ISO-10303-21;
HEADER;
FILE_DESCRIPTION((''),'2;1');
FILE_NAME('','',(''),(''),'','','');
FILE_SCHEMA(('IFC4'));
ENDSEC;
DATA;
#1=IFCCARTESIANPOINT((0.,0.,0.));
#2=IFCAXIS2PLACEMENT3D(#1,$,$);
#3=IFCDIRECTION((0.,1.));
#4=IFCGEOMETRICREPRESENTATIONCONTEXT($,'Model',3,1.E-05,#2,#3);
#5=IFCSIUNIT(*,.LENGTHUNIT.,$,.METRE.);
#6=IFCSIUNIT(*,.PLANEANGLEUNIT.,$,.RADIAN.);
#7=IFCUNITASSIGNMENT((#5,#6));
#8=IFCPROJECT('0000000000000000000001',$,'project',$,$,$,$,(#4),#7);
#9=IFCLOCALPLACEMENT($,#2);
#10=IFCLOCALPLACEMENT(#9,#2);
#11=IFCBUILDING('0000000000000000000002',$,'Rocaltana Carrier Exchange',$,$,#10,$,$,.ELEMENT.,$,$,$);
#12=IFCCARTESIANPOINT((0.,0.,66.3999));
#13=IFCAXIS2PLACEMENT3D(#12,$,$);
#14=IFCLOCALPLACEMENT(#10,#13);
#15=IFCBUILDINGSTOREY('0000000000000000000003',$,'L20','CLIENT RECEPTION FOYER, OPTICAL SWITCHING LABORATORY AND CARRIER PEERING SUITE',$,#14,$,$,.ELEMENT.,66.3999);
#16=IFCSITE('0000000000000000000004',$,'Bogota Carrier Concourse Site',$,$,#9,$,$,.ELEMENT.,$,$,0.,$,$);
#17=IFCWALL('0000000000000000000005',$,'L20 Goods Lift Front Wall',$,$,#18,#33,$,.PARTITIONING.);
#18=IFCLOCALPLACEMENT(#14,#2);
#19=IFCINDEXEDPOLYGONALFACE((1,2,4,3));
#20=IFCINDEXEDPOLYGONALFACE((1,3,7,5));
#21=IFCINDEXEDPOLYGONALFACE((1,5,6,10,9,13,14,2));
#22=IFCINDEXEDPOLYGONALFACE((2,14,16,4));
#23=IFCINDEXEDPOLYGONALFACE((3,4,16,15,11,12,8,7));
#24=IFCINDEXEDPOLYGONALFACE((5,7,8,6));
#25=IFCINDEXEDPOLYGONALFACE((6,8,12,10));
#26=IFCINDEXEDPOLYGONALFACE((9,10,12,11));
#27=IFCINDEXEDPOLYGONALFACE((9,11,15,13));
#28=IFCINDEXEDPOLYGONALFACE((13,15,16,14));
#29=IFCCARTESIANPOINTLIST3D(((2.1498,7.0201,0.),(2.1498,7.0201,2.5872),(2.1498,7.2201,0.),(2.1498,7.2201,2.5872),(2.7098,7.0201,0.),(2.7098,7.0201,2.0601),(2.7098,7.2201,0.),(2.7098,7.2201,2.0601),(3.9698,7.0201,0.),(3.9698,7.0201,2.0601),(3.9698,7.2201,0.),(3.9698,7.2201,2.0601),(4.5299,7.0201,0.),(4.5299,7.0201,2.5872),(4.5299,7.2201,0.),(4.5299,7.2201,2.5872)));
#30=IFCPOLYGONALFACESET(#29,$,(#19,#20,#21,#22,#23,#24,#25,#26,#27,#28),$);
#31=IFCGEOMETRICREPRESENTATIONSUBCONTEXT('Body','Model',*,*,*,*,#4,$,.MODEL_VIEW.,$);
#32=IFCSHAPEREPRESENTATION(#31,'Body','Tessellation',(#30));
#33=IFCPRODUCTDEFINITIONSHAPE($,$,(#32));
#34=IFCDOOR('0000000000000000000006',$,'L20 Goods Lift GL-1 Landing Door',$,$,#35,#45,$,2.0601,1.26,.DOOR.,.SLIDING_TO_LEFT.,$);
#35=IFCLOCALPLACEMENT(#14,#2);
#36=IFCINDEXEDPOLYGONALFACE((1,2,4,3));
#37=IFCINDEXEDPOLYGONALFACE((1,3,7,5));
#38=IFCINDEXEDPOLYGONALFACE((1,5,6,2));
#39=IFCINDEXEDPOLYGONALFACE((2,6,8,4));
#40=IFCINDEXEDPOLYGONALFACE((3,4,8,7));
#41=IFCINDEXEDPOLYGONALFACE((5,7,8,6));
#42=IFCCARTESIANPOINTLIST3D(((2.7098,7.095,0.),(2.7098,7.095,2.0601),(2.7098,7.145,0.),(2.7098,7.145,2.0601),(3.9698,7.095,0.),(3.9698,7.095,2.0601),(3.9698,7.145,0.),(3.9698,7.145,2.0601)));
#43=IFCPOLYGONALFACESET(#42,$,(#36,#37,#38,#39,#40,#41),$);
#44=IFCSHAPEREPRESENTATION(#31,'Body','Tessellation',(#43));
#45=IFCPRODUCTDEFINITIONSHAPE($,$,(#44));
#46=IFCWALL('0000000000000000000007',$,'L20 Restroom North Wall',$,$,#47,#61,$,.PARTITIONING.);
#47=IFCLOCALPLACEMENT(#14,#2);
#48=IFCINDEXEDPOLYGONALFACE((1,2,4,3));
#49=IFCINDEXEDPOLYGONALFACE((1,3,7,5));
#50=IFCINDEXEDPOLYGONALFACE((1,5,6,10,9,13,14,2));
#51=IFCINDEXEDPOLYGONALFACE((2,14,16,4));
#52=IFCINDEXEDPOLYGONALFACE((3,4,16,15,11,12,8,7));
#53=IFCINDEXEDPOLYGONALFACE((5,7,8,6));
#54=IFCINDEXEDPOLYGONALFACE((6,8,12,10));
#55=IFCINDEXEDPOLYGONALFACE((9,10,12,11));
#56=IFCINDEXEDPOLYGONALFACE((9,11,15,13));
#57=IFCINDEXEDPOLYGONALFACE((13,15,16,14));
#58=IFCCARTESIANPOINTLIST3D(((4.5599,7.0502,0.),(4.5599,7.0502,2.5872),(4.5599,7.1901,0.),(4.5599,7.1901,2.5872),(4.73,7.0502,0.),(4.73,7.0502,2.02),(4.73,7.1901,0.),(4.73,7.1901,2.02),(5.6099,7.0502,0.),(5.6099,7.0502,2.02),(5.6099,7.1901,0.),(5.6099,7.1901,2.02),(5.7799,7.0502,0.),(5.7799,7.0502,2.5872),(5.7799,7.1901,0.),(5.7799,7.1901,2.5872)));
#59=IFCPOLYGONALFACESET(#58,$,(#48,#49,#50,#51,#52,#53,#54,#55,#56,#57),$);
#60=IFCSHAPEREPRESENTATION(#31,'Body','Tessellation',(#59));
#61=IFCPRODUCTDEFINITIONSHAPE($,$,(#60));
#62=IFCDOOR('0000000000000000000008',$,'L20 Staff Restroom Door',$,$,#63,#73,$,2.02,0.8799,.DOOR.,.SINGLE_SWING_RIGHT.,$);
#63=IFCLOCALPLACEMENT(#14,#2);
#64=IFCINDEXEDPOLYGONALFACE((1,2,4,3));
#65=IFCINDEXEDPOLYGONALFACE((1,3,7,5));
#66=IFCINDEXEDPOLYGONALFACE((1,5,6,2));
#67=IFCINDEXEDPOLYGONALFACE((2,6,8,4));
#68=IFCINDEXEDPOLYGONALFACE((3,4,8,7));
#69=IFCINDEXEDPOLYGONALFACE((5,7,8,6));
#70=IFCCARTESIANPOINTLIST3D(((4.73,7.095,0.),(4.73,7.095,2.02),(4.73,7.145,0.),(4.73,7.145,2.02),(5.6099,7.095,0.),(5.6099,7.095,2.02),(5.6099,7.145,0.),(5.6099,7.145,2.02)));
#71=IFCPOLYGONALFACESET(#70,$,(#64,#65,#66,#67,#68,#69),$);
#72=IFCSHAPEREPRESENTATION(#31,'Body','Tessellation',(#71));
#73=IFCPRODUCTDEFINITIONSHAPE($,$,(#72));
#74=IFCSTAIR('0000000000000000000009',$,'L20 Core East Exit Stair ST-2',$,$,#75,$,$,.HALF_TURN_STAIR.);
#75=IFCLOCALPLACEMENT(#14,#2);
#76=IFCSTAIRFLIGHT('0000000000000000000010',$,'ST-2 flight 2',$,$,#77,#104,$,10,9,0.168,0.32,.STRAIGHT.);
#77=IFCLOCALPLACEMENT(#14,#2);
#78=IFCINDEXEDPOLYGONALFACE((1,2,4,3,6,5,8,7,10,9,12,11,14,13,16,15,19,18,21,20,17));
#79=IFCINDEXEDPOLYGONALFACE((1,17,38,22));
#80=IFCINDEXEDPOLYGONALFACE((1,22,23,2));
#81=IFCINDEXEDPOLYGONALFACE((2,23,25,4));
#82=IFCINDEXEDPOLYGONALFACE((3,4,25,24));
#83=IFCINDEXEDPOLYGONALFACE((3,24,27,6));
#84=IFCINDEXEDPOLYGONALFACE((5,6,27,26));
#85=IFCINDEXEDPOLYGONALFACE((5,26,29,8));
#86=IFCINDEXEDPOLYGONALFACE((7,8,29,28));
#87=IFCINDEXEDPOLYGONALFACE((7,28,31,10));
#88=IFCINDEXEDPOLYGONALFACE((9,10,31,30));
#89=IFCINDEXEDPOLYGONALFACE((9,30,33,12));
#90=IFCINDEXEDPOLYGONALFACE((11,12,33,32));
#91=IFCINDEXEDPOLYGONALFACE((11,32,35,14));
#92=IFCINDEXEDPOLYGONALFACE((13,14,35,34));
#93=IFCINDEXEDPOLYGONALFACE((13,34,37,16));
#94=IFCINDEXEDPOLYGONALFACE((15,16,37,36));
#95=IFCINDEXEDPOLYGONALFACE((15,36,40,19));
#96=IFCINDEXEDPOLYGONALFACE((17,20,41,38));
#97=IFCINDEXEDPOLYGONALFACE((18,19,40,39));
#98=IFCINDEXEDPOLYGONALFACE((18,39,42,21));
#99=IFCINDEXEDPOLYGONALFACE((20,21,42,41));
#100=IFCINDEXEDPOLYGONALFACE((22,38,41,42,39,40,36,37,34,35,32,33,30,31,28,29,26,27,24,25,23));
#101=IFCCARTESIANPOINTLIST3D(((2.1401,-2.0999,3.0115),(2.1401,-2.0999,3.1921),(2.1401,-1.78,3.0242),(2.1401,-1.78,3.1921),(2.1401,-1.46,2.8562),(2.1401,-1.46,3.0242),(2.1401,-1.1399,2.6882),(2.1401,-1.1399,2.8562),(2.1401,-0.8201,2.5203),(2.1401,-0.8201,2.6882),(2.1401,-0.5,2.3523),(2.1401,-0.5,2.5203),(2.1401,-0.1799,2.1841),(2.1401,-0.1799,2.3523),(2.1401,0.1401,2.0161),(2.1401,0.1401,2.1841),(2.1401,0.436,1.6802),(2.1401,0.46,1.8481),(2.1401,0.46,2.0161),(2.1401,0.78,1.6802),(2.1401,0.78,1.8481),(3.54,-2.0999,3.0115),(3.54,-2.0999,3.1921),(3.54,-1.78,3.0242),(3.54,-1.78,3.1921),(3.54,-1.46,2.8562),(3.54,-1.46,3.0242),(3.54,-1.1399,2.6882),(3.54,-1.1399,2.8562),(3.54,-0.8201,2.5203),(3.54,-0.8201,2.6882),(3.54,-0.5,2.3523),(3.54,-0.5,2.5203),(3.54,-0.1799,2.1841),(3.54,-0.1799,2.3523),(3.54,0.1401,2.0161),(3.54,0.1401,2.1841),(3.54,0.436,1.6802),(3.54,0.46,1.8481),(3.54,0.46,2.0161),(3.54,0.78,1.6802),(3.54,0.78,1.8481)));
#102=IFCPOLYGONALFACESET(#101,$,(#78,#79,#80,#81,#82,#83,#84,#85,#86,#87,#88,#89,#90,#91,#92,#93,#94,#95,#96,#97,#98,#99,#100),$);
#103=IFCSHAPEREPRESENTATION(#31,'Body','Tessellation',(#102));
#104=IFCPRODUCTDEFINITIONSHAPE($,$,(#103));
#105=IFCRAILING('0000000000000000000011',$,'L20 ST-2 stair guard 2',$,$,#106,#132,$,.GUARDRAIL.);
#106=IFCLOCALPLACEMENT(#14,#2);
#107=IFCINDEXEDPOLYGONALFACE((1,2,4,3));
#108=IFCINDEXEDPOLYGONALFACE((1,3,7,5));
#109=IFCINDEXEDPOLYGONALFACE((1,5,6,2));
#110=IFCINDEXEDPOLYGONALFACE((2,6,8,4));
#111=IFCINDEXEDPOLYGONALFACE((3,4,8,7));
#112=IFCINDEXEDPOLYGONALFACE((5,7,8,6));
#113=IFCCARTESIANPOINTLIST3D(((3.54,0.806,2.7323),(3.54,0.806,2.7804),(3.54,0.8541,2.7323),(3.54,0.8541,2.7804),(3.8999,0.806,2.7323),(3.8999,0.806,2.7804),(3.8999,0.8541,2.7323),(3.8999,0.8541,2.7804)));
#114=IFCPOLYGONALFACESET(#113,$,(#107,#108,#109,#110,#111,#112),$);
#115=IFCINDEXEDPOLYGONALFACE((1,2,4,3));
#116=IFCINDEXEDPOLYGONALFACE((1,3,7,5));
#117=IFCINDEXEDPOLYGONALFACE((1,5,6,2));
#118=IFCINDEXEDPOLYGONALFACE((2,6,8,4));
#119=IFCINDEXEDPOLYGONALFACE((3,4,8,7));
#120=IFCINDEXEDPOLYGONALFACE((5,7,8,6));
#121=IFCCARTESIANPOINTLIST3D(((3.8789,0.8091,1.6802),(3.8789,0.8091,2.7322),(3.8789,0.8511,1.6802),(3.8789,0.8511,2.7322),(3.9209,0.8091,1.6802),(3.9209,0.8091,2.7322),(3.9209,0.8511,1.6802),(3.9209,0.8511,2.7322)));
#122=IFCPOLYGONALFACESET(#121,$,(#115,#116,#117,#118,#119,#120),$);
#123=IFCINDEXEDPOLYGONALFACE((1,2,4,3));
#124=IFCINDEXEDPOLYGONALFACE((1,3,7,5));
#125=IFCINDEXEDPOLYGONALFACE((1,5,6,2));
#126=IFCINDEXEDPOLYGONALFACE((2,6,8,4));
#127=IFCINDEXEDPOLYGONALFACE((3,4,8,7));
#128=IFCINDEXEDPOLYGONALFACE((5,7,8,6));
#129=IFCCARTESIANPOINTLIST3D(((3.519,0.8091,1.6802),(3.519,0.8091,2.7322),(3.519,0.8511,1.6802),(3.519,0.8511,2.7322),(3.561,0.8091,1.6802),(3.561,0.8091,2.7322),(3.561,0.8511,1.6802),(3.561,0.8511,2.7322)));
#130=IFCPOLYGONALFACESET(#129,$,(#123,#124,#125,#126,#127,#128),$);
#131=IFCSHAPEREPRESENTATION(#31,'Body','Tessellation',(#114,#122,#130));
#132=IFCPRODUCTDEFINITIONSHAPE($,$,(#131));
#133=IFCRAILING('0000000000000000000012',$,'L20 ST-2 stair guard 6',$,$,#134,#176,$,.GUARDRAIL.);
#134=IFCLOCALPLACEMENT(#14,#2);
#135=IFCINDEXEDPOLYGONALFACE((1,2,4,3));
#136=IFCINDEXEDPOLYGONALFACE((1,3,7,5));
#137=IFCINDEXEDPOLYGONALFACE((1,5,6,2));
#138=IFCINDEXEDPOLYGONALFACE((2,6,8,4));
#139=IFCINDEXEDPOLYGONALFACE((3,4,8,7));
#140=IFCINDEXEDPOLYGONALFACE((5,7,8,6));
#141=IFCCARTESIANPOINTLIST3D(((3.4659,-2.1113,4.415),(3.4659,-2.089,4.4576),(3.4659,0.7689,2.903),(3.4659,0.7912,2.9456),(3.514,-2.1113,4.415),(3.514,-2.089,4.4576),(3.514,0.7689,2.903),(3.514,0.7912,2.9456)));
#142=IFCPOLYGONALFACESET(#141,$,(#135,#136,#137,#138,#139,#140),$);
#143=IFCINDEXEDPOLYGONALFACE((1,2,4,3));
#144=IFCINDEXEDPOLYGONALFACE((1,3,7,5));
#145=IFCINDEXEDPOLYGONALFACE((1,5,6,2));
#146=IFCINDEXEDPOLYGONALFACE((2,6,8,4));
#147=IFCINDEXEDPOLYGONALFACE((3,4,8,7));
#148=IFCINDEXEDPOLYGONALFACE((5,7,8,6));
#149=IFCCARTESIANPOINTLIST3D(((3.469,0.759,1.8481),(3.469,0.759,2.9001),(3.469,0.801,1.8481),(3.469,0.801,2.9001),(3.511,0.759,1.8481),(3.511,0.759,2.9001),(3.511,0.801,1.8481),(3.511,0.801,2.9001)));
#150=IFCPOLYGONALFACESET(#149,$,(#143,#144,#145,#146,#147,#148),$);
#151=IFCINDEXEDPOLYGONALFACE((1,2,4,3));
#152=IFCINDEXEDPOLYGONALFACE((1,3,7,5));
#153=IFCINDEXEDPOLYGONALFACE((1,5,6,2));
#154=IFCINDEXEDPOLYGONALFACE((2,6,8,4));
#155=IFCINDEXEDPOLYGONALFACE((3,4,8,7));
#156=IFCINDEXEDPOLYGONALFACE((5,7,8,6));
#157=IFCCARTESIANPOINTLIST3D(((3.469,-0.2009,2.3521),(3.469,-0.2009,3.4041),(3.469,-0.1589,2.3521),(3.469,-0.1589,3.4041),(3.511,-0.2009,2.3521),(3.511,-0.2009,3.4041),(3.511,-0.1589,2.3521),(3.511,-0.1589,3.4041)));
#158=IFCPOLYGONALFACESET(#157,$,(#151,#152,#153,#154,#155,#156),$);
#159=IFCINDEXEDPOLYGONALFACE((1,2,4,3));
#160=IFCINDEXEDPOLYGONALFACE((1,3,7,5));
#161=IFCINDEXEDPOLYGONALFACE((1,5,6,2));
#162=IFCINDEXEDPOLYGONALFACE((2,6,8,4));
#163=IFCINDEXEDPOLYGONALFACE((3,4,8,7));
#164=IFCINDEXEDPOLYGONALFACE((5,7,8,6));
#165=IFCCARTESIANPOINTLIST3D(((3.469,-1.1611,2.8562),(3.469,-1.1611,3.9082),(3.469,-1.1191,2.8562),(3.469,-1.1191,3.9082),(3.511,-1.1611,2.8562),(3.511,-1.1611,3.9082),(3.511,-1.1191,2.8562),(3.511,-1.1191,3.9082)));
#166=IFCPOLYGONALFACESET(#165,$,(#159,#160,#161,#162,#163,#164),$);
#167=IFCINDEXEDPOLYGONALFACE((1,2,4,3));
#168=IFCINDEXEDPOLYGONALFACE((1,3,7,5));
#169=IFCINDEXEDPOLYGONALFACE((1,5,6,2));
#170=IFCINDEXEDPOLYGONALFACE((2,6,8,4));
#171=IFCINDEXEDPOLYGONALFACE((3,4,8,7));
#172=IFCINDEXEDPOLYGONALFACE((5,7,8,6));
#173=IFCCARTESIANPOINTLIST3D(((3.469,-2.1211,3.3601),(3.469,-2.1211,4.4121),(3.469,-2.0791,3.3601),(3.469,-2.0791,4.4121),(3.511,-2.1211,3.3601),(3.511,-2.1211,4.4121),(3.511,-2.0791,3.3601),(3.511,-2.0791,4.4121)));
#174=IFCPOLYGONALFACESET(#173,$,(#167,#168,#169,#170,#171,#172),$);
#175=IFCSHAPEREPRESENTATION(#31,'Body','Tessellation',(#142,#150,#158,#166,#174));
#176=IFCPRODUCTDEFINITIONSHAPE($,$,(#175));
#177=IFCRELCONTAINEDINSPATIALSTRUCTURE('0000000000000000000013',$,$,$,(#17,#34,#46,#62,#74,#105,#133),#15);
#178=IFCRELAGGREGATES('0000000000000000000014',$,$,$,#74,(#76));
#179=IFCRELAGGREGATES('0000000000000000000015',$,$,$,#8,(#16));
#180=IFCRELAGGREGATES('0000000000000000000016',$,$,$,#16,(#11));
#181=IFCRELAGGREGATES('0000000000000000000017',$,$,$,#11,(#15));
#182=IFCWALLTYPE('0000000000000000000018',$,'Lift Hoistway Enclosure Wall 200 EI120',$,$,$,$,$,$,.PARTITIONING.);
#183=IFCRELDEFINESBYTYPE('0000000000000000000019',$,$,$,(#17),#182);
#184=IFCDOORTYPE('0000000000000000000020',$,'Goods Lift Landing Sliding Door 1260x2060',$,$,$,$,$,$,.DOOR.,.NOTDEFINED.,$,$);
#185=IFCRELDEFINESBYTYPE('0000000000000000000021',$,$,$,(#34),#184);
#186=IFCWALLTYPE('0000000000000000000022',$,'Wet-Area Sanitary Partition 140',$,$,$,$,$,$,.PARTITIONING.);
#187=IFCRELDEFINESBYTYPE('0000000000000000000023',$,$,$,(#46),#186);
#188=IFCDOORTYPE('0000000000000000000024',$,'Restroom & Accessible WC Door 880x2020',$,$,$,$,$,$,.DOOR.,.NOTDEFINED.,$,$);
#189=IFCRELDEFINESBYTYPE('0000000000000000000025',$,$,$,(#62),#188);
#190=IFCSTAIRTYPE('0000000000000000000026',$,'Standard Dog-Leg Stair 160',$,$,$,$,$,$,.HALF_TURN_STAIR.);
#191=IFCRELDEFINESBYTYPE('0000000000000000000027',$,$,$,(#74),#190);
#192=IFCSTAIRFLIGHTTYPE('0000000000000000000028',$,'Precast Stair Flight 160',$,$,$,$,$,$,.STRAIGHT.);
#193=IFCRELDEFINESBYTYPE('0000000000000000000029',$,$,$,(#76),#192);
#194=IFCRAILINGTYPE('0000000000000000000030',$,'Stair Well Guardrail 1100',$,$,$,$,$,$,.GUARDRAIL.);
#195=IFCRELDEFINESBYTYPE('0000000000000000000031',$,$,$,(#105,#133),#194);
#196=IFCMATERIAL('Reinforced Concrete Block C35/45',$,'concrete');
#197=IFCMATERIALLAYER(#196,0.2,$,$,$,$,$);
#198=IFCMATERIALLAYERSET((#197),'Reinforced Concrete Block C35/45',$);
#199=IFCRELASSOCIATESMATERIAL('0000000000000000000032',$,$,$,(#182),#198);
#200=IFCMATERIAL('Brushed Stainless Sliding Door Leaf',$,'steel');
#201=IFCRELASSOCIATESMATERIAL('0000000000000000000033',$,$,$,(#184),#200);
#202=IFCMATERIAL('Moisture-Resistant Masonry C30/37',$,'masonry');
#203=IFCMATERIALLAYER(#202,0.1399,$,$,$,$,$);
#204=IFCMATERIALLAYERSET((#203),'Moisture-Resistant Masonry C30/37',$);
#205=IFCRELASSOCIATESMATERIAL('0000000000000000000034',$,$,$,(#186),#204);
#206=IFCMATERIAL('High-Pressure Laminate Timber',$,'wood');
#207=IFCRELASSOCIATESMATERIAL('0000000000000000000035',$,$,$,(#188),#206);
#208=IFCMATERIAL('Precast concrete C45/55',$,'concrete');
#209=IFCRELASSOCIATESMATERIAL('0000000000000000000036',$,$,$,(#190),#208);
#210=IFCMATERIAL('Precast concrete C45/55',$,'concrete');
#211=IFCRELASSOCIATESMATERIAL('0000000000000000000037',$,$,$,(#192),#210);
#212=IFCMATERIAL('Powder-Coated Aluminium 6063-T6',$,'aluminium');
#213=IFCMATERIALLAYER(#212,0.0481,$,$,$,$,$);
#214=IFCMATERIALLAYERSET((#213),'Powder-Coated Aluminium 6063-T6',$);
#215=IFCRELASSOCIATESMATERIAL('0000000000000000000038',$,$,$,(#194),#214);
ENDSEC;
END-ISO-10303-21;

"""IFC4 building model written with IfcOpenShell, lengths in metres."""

from ifc_helpers import new_model, si_unit, direction, frame, frame_2d, origin, origin_2d, place, context, subcontext, project, spatial, polyline, rectangle, outline, extrude, material, layer, layer_set, type_object, element, fill, aggregate, save


model = new_model("IFC4")

# Units and contexts
model_context = context("Model", 3, precision=1e-05, world=origin(), true_north=direction((0.0, 1.0)))
body_context = subcontext(model_context, "Body", "Model", "MODEL_VIEW")
ifc_project = project(units=[si_unit("LENGTHUNIT", "METRE"), si_unit("PLANEANGLEUNIT", "RADIAN")], contexts=[model_context])

# Site, building, storey
site_placement = place(None, origin())
site = spatial("IfcSite", under=ifc_project, at=site_placement, Name="Bogota Carrier Concourse Site", CompositionType="ELEMENT", RefElevation=0.0)
building_placement = place(site_placement, origin())
building = spatial("IfcBuilding", under=site, at=building_placement, Name="Rocaltana Carrier Exchange", CompositionType="ELEMENT")
storey_placement = place(building_placement, frame((0.0, 0.0, 66.3999)))
storey = spatial("IfcBuildingStorey", under=building, at=storey_placement, Name="L20", Description="CLIENT RECEPTION FOYER, OPTICAL SWITCHING LABORATORY AND CARRIER PEERING SUITE", CompositionType="ELEMENT", Elevation=66.3999)

# Shared definitions
ifc_material_1 = material(Name="Reinforced Concrete Block C35/45", Category="concrete")
ifc_layer_1 = layer(ifc_material_1, 0.2)
ifc_layer_set_1 = layer_set([ifc_layer_1], Name="Reinforced Concrete Block C35/45")
wall_type_1 = type_object("IfcWallType", Name="Lift Hoistway Enclosure Wall 200 EI120", PredefinedType="PARTITIONING", material=ifc_layer_set_1)

# Walls, openings, doors
wall_1_placement = place(storey_placement, frame((2.1499, 7.1201, 0.0), z_axis=(0.0, 0.0, 1.0), x_axis=(1.0, 0.0, 0.0)))
wall_1 = element("IfcWall", 1, at=wall_1_placement, inside=storey, type_object=wall_type_1, Name="L20 Goods Lift Front Wall", PredefinedType="PARTITIONING", context=body_context, shape_type="SweptSolid", body=[
    extrude(rectangle(XDim=2.3801, YDim=0.2, at=frame_2d((1.1899, 0.0))), origin(), (0.0, 0.0, 1.0), 2.5872),
])
opening_1_placement = place(wall_1_placement, frame((0.5601, 0.0, 0.0)))
opening_1 = element("IfcOpeningElement", 2, at=opening_1_placement, cuts=wall_1, PredefinedType="OPENING", context=body_context, shape_type="SweptSolid", body=[
    extrude(rectangle(XDim=1.26, YDim=2.0601, at=frame_2d((0.6299, 1.03))), frame((0.0, 0.1099, 0.0), z_axis=(0.0, -1.0, 0.0), x_axis=(1.0, 0.0, 0.0)), (0.0, 0.0, 1.0), 0.22),
])
ifc_material_2 = material(Name="Brushed Stainless Sliding Door Leaf", Category="steel")
door_type_1 = type_object("IfcDoorType", Name="Goods Lift Landing Sliding Door 1260x2060", OperationType="NOTDEFINED", PredefinedType="DOOR", material=ifc_material_2)
door_1_placement = place(opening_1_placement, origin())
door_1 = element("IfcDoor", 3, at=door_1_placement, inside=storey, type_object=door_type_1, Name="L20 Goods Lift GL-1 Landing Door", OperationType="SLIDING_TO_LEFT", OverallHeight=2.0601, OverallWidth=1.26, PredefinedType="DOOR", context=body_context, shape_type="SweptSolid", body=[
    extrude(rectangle(XDim=1.26, YDim=2.0601, at=frame_2d((0.6299, 1.03))), frame((0.0, 0.0249, 0.0), z_axis=(0.0, -1.0, 0.0), x_axis=(1.0, 0.0, 0.0)), (0.0, 0.0, 1.0), 0.05),
])
fill(opening_1, door_1)
ifc_material_3 = material(Name="Moisture-Resistant Masonry C30/37", Category="masonry")
ifc_layer_2 = layer(ifc_material_3, 0.1399)
ifc_layer_set_2 = layer_set([ifc_layer_2], Name="Moisture-Resistant Masonry C30/37")
wall_type_2 = type_object("IfcWallType", Name="Wet-Area Sanitary Partition 140", PredefinedType="PARTITIONING", material=ifc_layer_set_2)
wall_2_placement = place(storey_placement, frame((4.5601, 7.1201, 0.0), z_axis=(0.0, 0.0, 1.0), x_axis=(1.0, 0.0, 0.0)))
wall_2 = element("IfcWall", 4, at=wall_2_placement, inside=storey, type_object=wall_type_2, Name="L20 Restroom North Wall", PredefinedType="PARTITIONING", context=body_context, shape_type="SweptSolid", body=[
    extrude(rectangle(XDim=1.22, YDim=0.1399, at=frame_2d((0.6099, 0.0))), origin(), (0.0, 0.0, 1.0), 2.5872),
])
opening_2_placement = place(wall_2_placement, frame((0.1699, 0.0, 0.0)))
opening_2 = element("IfcOpeningElement", 5, at=opening_2_placement, cuts=wall_2, PredefinedType="OPENING", context=body_context, shape_type="SweptSolid", body=[
    extrude(rectangle(XDim=0.8799, YDim=2.02, at=frame_2d((0.4399, 1.01))), frame((0.0, 0.0798, 0.0), z_axis=(0.0, -1.0, 0.0), x_axis=(1.0, 0.0, 0.0)), (0.0, 0.0, 1.0), 0.1599),
])
ifc_material_4 = material(Name="High-Pressure Laminate Timber", Category="wood")
door_type_2 = type_object("IfcDoorType", Name="Restroom & Accessible WC Door 880x2020", OperationType="NOTDEFINED", PredefinedType="DOOR", material=ifc_material_4)
door_2_placement = place(opening_2_placement, origin())
door_2 = element("IfcDoor", 6, at=door_2_placement, inside=storey, type_object=door_type_2, Name="L20 Staff Restroom Door", OperationType="SINGLE_SWING_RIGHT", OverallHeight=2.02, OverallWidth=0.8799, PredefinedType="DOOR", context=body_context, shape_type="SweptSolid", body=[
    extrude(rectangle(XDim=0.8799, YDim=2.02, at=frame_2d((0.4399, 1.01))), frame((0.0, 0.0249, 0.0), z_axis=(0.0, -1.0, 0.0), x_axis=(1.0, 0.0, 0.0)), (0.0, 0.0, 1.0), 0.05),
])
fill(opening_2, door_2)

# Stair, stair flight
ifc_material_5 = material(Name="Precast concrete C45/55", Category="concrete")
stair_type = type_object("IfcStairType", Name="Standard Dog-Leg Stair 160", PredefinedType="HALF_TURN_STAIR", material=ifc_material_5)
stair_placement = place(storey_placement, origin())
stair = element("IfcStair", 7, at=stair_placement, inside=storey, type_object=stair_type, Name="L20 Core East Exit Stair ST-2", PredefinedType="HALF_TURN_STAIR")
ifc_material_6 = material(Name="Precast concrete C45/55", Category="concrete")
stair_flight_type = type_object("IfcStairFlightType", Name="Precast Stair Flight 160", PredefinedType="STRAIGHT", material=ifc_material_6)
stair_flight_placement = place(storey_placement, frame((2.8401, 0.78, 1.6802), z_axis=(0.0, 0.0, 1.0), x_axis=(0.0, -1.0, 0.0)))
stair_flight = element("IfcStairFlight", 8, at=stair_flight_placement, type_object=stair_flight_type, Name="ST-2 flight 2", NumberOfRisers=10, NumberOfTreads=9, PredefinedType="STRAIGHT", RiserHeight=0.168, TreadLength=0.32, context=body_context, shape_type="SweptSolid", body=[
    extrude(outline(polyline([(0.0, 0.0), (0.0, 0.168), (0.3201, 0.168), (0.3201, 0.3359), (0.6399, 0.3359), (0.6399, 0.5039), (0.96, 0.5039), (0.96, 0.6721), (1.28, 0.6721), (1.28, 0.8401), (1.6001, 0.8401), (1.6001, 1.0081), (1.9199, 1.0081), (1.9199, 1.176), (2.24, 1.176), (2.24, 1.344), (2.5601, 1.344), (2.5601, 1.512), (2.8799, 1.512), (2.8799, 1.6799), (2.8799, 1.3313), (0.344, 0.0), (0.0, 0.0)])), frame((0.0, 0.7, 0.0), z_axis=(0.0, -1.0, 0.0), x_axis=(1.0, 0.0, 0.0)), (0.0, 0.0, 1.0), 1.3999),
])
aggregate(stair, [stair_flight])

# Railings
ifc_material_7 = material(Name="Powder-Coated Aluminium 6063-T6", Category="aluminium")
ifc_layer_3 = layer(ifc_material_7, 0.0481)
ifc_layer_set_3 = layer_set([ifc_layer_3], Name="Powder-Coated Aluminium 6063-T6")
railing_type = type_object("IfcRailingType", Name="Stair Well Guardrail 1100", PredefinedType="GUARDRAIL", material=ifc_layer_set_3)
railing_1_placement = place(storey_placement, frame((3.8999, 0.8301, 1.6802)))
element("IfcRailing", 9, at=railing_1_placement, inside=storey, type_object=railing_type, Name="L20 ST-2 stair guard 2", PredefinedType="GUARDRAIL", context=body_context, shape_type="SweptSolid", body=[
    extrude(rectangle(XDim=0.0481, YDim=0.0481, at=origin_2d()), frame((0.0, 0.0, 1.0762), z_axis=(-1.0, 0.0, 0.0), x_axis=(0.0, -1.0, 0.0)), (0.0, 0.0, 1.0), 0.3599),
    extrude(rectangle(XDim=0.042, YDim=0.042, at=origin_2d()), origin(), (0.0, 0.0, 1.0), 1.052),
    extrude(rectangle(XDim=0.042, YDim=0.042, at=origin_2d()), frame((-0.3599, 0.0, 0.0)), (0.0, 0.0, 1.0), 1.052),
])
railing_2_placement = place(storey_placement, frame((3.49, 0.78, 1.8481)))
element("IfcRailing", 10, at=railing_2_placement, inside=storey, type_object=railing_type, Name="L20 ST-2 stair guard 6", PredefinedType="GUARDRAIL", context=body_context, shape_type="SweptSolid", body=[
    extrude(rectangle(XDim=0.0481, YDim=0.0481, at=origin_2d()), frame((0.0, 0.0, 1.0762), z_axis=(0.0, -0.885411, 0.464809), x_axis=(1.0, 0.0, 0.0)), (0.0, 0.0, 1.0), 3.2529),
    extrude(rectangle(XDim=0.042, YDim=0.042, at=origin_2d()), origin(), (0.0, 0.0, 1.0), 1.052),
    extrude(rectangle(XDim=0.042, YDim=0.042, at=origin_2d()), frame((0.0, -0.96, 0.5039)), (0.0, 0.0, 1.0), 1.052),
    extrude(rectangle(XDim=0.042, YDim=0.042, at=origin_2d()), frame((0.0, -1.9202, 1.0081)), (0.0, 0.0, 1.0), 1.052),
    extrude(rectangle(XDim=0.042, YDim=0.042, at=origin_2d()), frame((0.0, -2.8801, 1.512)), (0.0, 0.0, 1.0), 1.052),
])

save(model, "model.ifc")
